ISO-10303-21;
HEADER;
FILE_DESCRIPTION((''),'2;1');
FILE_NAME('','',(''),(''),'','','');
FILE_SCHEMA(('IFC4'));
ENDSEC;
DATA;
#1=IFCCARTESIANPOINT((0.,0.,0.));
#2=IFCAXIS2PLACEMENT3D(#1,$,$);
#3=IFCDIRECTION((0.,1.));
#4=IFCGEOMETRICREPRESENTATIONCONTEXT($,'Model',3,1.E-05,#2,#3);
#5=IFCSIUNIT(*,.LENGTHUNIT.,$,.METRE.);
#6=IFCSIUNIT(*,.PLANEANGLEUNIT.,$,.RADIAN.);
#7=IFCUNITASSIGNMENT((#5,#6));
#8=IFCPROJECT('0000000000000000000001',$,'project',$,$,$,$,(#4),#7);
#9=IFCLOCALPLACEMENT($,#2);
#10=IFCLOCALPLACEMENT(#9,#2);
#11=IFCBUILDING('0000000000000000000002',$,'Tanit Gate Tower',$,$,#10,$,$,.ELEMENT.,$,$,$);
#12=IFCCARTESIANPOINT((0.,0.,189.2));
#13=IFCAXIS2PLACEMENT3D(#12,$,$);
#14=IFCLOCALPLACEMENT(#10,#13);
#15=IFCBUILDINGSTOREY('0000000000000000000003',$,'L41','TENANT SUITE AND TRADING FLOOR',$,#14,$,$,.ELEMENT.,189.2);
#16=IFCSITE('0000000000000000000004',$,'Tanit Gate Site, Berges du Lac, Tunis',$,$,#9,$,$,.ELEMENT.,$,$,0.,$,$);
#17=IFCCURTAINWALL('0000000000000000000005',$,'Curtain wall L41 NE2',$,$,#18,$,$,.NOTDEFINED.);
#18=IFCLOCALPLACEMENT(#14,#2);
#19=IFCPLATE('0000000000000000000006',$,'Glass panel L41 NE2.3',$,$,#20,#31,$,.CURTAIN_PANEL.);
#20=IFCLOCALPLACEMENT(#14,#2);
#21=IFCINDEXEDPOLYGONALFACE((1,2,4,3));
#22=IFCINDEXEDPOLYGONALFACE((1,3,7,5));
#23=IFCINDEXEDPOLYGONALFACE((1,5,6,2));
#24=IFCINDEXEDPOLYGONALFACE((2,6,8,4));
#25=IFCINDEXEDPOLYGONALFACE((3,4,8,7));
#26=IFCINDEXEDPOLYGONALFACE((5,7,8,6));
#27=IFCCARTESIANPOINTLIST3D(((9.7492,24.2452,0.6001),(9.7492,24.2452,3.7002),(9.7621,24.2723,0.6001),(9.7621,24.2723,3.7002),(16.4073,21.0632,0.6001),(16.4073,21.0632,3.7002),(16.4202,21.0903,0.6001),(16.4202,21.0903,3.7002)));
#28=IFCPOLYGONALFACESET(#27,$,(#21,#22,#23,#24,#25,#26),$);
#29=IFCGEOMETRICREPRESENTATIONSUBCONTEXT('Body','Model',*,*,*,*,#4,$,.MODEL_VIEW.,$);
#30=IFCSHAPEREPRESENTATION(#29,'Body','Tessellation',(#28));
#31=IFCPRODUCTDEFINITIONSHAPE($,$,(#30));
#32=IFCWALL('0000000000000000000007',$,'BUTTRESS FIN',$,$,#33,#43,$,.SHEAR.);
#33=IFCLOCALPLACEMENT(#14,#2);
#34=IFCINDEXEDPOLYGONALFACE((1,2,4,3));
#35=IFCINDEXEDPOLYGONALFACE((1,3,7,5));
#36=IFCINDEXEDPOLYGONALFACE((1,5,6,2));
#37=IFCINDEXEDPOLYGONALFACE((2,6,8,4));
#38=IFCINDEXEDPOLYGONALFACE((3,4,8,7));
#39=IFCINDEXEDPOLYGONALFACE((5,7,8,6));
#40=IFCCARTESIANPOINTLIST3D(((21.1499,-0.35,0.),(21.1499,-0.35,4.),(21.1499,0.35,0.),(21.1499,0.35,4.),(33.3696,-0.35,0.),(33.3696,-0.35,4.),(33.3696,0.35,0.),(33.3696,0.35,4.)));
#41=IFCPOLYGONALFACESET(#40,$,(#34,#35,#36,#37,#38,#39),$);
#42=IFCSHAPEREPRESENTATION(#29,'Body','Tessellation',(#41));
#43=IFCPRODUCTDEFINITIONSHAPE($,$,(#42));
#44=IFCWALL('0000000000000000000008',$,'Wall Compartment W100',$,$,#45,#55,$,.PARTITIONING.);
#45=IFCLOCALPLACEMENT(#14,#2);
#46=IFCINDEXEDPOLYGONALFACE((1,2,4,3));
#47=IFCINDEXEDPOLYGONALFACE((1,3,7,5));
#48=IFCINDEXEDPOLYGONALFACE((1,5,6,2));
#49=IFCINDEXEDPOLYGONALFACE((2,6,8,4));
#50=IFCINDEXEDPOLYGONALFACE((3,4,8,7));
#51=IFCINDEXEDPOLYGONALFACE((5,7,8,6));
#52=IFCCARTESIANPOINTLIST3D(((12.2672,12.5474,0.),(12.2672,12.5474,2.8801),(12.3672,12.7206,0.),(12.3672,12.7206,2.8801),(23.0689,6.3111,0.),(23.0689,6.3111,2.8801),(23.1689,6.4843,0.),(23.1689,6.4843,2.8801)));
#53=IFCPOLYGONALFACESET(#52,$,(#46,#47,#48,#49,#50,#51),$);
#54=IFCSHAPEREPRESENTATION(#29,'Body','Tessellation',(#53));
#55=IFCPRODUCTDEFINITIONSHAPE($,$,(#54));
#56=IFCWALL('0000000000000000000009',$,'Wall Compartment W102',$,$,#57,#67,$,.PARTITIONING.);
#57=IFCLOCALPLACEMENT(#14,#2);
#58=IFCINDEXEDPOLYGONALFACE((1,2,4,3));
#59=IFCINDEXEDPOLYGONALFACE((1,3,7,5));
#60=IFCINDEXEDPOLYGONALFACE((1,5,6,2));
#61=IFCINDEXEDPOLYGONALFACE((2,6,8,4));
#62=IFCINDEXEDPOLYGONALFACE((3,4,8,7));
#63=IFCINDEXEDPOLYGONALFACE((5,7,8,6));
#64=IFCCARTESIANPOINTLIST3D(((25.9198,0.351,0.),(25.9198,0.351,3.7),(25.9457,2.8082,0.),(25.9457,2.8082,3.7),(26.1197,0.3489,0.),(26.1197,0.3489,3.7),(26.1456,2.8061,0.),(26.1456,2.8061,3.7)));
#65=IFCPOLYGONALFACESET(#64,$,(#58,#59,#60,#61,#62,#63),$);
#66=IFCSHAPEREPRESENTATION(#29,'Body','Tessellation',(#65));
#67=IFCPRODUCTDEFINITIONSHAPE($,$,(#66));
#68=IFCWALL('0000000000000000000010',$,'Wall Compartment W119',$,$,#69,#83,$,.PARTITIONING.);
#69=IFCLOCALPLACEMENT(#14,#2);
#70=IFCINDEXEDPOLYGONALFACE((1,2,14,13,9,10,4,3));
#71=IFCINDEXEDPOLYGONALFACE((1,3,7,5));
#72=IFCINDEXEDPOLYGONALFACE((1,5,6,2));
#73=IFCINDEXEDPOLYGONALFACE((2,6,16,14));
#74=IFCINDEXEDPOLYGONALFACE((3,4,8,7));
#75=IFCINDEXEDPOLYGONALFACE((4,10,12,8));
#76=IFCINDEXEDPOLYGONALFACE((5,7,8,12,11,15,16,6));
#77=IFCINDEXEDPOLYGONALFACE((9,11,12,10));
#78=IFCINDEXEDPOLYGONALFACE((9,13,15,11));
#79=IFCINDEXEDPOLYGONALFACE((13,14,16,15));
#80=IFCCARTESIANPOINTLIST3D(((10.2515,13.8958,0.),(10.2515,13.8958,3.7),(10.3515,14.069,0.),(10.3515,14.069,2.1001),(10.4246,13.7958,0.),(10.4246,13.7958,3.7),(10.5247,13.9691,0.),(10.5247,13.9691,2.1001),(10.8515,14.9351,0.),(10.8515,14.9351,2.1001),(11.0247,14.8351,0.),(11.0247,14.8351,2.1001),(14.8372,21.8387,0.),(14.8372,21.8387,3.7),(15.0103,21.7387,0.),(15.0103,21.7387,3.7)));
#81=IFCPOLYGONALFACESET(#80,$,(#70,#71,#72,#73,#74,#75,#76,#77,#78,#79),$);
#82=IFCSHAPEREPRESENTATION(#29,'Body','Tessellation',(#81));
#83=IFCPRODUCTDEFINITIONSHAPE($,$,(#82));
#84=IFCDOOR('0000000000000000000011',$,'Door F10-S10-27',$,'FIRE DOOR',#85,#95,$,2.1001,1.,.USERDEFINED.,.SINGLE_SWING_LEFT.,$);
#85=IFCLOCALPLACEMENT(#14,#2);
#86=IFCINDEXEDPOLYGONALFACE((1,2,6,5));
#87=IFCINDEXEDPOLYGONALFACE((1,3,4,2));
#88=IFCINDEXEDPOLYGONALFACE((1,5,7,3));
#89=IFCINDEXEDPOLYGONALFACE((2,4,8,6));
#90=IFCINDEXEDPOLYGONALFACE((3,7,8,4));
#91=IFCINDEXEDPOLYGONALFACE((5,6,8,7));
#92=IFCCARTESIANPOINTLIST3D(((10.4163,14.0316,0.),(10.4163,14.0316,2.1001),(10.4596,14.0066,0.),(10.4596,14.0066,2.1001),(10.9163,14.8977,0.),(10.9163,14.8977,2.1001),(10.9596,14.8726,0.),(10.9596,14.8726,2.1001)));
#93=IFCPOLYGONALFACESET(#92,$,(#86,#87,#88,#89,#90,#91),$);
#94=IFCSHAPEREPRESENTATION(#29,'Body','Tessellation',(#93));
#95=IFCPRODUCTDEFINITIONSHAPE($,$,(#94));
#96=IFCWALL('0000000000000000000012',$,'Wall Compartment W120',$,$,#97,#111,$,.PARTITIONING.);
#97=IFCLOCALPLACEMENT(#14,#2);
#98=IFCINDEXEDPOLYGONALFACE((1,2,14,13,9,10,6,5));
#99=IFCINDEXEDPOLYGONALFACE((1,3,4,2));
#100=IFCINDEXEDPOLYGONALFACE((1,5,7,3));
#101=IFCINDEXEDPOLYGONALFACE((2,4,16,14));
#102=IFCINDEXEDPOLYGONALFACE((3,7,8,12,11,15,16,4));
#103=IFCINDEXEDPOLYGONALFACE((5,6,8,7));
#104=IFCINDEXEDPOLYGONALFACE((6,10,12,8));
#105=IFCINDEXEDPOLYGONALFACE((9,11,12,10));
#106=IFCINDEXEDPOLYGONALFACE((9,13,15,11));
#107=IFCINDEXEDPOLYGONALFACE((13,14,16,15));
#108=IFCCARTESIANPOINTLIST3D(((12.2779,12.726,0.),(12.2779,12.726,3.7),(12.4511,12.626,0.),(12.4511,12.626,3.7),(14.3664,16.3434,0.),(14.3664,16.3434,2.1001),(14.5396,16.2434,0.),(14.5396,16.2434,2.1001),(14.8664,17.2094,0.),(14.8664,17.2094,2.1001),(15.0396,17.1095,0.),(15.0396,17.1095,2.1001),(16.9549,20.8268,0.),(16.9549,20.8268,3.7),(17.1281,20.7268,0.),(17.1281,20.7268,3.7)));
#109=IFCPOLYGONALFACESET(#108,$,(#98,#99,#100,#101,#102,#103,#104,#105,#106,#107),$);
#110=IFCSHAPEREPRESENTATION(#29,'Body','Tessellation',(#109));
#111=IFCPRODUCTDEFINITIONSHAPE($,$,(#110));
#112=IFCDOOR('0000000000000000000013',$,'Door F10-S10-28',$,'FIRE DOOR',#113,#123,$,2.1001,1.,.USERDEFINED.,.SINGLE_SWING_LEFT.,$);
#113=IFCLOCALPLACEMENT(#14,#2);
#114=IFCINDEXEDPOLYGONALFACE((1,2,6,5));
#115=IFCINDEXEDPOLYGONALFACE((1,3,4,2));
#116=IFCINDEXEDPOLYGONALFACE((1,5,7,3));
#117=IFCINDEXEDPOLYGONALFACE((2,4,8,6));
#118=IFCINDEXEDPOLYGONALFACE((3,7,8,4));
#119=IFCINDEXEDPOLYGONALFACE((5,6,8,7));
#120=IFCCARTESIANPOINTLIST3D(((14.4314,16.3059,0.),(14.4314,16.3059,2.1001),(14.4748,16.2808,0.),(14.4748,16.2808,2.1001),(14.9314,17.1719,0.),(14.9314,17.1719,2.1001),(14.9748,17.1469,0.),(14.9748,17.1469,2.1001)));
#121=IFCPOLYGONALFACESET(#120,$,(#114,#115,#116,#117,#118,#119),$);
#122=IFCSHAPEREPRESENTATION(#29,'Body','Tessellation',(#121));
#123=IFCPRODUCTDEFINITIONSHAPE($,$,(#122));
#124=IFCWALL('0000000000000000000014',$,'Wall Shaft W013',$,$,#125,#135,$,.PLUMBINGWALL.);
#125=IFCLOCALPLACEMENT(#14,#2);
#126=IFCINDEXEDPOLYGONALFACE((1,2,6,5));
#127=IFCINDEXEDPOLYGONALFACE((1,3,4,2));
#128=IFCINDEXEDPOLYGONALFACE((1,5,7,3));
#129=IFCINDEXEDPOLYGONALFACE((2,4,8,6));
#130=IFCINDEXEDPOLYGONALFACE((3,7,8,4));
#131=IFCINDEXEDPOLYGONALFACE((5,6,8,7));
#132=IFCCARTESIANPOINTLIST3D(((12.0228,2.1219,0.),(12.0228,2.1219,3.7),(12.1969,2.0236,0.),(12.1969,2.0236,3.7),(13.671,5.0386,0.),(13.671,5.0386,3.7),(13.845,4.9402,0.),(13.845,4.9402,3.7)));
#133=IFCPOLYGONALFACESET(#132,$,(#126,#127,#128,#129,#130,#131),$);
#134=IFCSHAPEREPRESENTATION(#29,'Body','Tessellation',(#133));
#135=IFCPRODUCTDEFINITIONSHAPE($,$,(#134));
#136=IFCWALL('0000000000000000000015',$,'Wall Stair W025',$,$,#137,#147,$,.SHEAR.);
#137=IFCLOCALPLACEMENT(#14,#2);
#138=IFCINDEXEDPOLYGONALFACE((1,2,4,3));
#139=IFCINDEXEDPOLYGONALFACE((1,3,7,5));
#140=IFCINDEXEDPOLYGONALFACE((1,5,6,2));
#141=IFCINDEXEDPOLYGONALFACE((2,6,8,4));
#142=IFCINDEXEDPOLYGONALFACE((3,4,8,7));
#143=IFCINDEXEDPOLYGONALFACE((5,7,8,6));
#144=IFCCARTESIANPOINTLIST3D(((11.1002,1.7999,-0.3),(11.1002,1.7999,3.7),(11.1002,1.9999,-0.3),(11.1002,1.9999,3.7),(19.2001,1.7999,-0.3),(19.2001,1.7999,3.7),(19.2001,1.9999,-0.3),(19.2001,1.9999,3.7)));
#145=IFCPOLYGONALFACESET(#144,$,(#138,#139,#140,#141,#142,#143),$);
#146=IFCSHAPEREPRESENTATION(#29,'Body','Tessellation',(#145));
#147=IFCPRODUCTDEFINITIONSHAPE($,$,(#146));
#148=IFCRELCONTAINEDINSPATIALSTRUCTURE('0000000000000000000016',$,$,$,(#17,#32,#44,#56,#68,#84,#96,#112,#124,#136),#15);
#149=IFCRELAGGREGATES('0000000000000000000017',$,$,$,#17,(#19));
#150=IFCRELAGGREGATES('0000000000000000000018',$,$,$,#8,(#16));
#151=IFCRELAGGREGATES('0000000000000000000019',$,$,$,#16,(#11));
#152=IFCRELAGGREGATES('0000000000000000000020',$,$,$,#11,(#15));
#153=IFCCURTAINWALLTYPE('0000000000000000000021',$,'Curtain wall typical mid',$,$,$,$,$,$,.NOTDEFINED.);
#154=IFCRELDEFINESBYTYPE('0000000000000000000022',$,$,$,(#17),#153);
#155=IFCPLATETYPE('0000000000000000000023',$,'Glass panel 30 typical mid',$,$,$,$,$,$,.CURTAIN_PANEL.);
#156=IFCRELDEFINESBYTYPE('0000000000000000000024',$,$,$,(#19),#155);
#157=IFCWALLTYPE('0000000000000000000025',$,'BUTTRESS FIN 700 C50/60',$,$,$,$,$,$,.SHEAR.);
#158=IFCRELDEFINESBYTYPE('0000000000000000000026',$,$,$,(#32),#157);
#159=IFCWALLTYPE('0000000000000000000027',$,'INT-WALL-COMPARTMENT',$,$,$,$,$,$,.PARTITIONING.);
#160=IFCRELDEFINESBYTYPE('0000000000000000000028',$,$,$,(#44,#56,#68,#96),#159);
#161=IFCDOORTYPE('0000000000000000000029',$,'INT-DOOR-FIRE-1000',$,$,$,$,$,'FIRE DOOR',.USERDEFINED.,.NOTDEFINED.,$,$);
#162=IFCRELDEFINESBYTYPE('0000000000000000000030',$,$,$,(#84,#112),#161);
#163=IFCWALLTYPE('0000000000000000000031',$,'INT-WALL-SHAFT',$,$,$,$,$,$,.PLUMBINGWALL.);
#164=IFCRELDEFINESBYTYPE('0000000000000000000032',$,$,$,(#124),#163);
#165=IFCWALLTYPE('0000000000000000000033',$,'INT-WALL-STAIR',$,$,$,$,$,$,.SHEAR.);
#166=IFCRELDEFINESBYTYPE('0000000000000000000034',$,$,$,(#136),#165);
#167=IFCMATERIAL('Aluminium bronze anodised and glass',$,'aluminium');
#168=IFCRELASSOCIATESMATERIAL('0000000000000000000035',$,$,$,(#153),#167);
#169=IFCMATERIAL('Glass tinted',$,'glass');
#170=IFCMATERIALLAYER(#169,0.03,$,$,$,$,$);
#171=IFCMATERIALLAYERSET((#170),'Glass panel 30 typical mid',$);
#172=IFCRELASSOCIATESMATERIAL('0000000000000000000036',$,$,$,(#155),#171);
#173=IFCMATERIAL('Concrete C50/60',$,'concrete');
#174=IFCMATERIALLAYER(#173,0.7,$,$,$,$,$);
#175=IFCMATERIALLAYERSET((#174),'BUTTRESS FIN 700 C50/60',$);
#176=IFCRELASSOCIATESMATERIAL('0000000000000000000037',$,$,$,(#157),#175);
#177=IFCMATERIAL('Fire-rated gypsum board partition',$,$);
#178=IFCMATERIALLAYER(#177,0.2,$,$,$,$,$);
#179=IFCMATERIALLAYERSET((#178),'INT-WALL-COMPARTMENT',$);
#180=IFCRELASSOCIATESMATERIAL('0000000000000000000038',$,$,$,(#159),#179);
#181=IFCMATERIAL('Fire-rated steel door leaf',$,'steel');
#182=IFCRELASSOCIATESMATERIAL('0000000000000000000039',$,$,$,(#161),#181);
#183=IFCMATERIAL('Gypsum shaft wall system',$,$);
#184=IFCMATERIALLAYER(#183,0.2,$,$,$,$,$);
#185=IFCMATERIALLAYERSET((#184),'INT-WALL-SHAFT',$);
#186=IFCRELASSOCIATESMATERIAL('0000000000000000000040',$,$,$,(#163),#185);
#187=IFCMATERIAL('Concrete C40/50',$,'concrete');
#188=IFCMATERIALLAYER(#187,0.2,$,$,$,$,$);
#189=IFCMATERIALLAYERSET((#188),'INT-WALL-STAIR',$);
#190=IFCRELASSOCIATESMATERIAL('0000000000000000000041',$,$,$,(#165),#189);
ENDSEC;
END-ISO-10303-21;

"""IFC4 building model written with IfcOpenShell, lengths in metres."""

from ifc_helpers import new_model, si_unit, direction, frame, frame_2d, origin, origin_2d, place, context, subcontext, project, spatial, rectangle, extrude, material, layer, layer_set, type_object, element, fill, aggregate, save


model = new_model("IFC4")

# Units and contexts
model_context = context("Model", 3, precision=1e-05, world=origin(), true_north=direction((0.0, 1.0)))
body_context = subcontext(model_context, "Body", "Model", "MODEL_VIEW")
ifc_project = project(units=[si_unit("LENGTHUNIT", "METRE"), si_unit("PLANEANGLEUNIT", "RADIAN")], contexts=[model_context])

# Site, building, storey
site_placement = place(None, origin())
site = spatial("IfcSite", under=ifc_project, at=site_placement, Name="Tanit Gate Site, Berges du Lac, Tunis", CompositionType="ELEMENT", RefElevation=0.0)
building_placement = place(site_placement, origin())
building = spatial("IfcBuilding", under=site, at=building_placement, Name="Tanit Gate Tower", CompositionType="ELEMENT")
storey_placement = place(building_placement, frame((0.0, 0.0, 189.2)))
storey = spatial("IfcBuildingStorey", under=building, at=storey_placement, Name="L41", Description="TENANT SUITE AND TRADING FLOOR", CompositionType="ELEMENT", Elevation=189.2)

# Curtain wall
ifc_material_1 = material(Name="Aluminium bronze anodised and glass", Category="aluminium")
curtain_wall_type = type_object("IfcCurtainWallType", Name="Curtain wall typical mid", PredefinedType="NOTDEFINED", material=ifc_material_1)
curtain_wall_placement = place(storey_placement, origin())
curtain_wall = element("IfcCurtainWall", 1, at=curtain_wall_placement, inside=storey, type_object=curtain_wall_type, Name="Curtain wall L41 NE2", PredefinedType="NOTDEFINED")

# Plate
ifc_material_2 = material(Name="Glass tinted", Category="glass")
ifc_layer_1 = layer(ifc_material_2, 0.03)
ifc_layer_set_1 = layer_set([ifc_layer_1], Name="Glass panel 30 typical mid")
plate_type = type_object("IfcPlateType", Name="Glass panel 30 typical mid", PredefinedType="CURTAIN_PANEL", material=ifc_layer_set_1)
plate_1_placement = place(storey_placement, frame((13.0847, 22.6677, 0.6001), z_axis=(0.0, 0.0, 1.0), x_axis=(-0.902258, 0.431197, 0.0)))
plate_1 = element("IfcPlate", 2, at=plate_1_placement, type_object=plate_type, Name="Glass panel L41 NE2.3", PredefinedType="CURTAIN_PANEL", context=body_context, shape_type="SweptSolid", body=[
    extrude(rectangle(XDim=7.3794, YDim=0.03, at=origin_2d()), origin(), (0.0, 0.0, 1.0), 3.1001),
])
aggregate(curtain_wall, [plate_1])

# Wall
ifc_material_3 = material(Name="Concrete C50/60", Category="concrete")
ifc_layer_2 = layer(ifc_material_3, 0.7)
ifc_layer_set_2 = layer_set([ifc_layer_2], Name="BUTTRESS FIN 700 C50/60")
wall_type_1 = type_object("IfcWallType", Name="BUTTRESS FIN 700 C50/60", PredefinedType="SHEAR", material=ifc_layer_set_2)
wall_1_placement = place(storey_placement, frame((21.1499, 0.0, 0.0), z_axis=(0.0, 0.0, 1.0), x_axis=(1.0, 0.0, 0.0)))
element("IfcWall", 3, at=wall_1_placement, inside=storey, type_object=wall_type_1, Name="BUTTRESS FIN", PredefinedType="SHEAR", context=body_context, shape_type="SweptSolid", body=[
    extrude(rectangle(XDim=12.2197, YDim=0.7, at=frame_2d((6.1099, 0.0))), origin(), (0.0, 0.0, 1.0), 4.0),
])

# Walls
ifc_material_4 = material(Name="Fire-rated gypsum board partition")
ifc_layer_3 = layer(ifc_material_4, 0.2)
ifc_layer_set_3 = layer_set([ifc_layer_3], Name="INT-WALL-COMPARTMENT")
wall_type_2 = type_object("IfcWallType", Name="INT-WALL-COMPARTMENT", PredefinedType="PARTITIONING", material=ifc_layer_set_3)
wall_2_placement = place(storey_placement, frame((23.1189, 6.3977, 0.0), z_axis=(0.0, 0.0, 1.0), x_axis=(-0.866028, 0.499996, 0.0)))
element("IfcWall", 4, at=wall_2_placement, inside=storey, type_object=wall_type_2, Name="Wall Compartment W100", PredefinedType="PARTITIONING", context=body_context, shape_type="SweptSolid", body=[
    extrude(rectangle(XDim=12.4727, YDim=0.2, at=frame_2d((6.2363, 0.0))), origin(), (0.0, 0.0, 1.0), 2.8801),
])
wall_3_placement = place(storey_placement, frame((26.0198, 0.3501, 0.0), z_axis=(0.0, 0.0, 1.0), x_axis=(0.010532, 0.999945, 0.0)))
element("IfcWall", 5, at=wall_3_placement, inside=storey, type_object=wall_type_2, Name="Wall Compartment W102", PredefinedType="PARTITIONING", context=body_context, shape_type="SweptSolid", body=[
    extrude(rectangle(XDim=2.4573, YDim=0.2, at=frame_2d((1.2285, 0.0))), origin(), (0.0, 0.0, 1.0), 3.7),
])

# Walls, openings, doors
wall_4_placement = place(storey_placement, frame((14.9238, 21.7888, 0.0), z_axis=(0.0, 0.0, 1.0), x_axis=(-0.49999, -0.866031, 0.0)))
wall_4 = element("IfcWall", 6, at=wall_4_placement, inside=storey, type_object=wall_type_2, Name="Wall Compartment W119", PredefinedType="PARTITIONING", context=body_context, shape_type="SweptSolid", body=[
    extrude(rectangle(XDim=9.1716, YDim=0.2, at=frame_2d((4.5859, 0.0))), origin(), (0.0, 0.0, 1.0), 3.7),
])
opening_1_placement = place(wall_4_placement, frame((7.9717, 0.0, 0.0)))
opening_1 = element("IfcOpeningElement", 7, at=opening_1_placement, cuts=wall_4, PredefinedType="OPENING", context=body_context, shape_type="SweptSolid", body=[
    extrude(rectangle(XDim=1.0, YDim=2.1001, at=frame_2d((0.5, 1.05))), frame((0.0, 0.1099, 0.0), z_axis=(0.0, -1.0, 0.0), x_axis=(1.0, 0.0, 0.0)), (0.0, 0.0, 1.0), 0.22),
])
ifc_material_5 = material(Name="Fire-rated steel door leaf", Category="steel")
door_type_1 = type_object("IfcDoorType", Name="INT-DOOR-FIRE-1000", ElementType="FIRE DOOR", OperationType="NOTDEFINED", PredefinedType="USERDEFINED", material=ifc_material_5)
door_1_placement = place(opening_1_placement, origin())
door_1 = element("IfcDoor", 8, at=door_1_placement, inside=storey, type_object=door_type_1, Name="Door F10-S10-27", ObjectType="FIRE DOOR", OperationType="SINGLE_SWING_LEFT", OverallHeight=2.1001, OverallWidth=1.0, PredefinedType="USERDEFINED", context=body_context, shape_type="SweptSolid", body=[
    extrude(rectangle(XDim=1.0, YDim=2.1001, at=frame_2d((0.5, 1.05))), frame((0.0, 0.0249, 0.0), z_axis=(0.0, -1.0, 0.0), x_axis=(1.0, 0.0, 0.0)), (0.0, 0.0, 1.0), 0.05),
])
fill(opening_1, door_1)
wall_5_placement = place(storey_placement, frame((12.3645, 12.676, 0.0), z_axis=(0.0, 0.0, 1.0), x_axis=(0.499999, 0.866026, 0.0)))
wall_5 = element("IfcWall", 9, at=wall_5_placement, inside=storey, type_object=wall_type_2, Name="Wall Compartment W120", PredefinedType="PARTITIONING", context=body_context, shape_type="SweptSolid", body=[
    extrude(rectangle(XDim=9.354, YDim=0.2, at=frame_2d((4.677, 0.0))), origin(), (0.0, 0.0, 1.0), 3.7),
])
opening_2_placement = place(wall_5_placement, frame((4.177, 0.0, 0.0)))
opening_2 = element("IfcOpeningElement", 10, at=opening_2_placement, cuts=wall_5, PredefinedType="OPENING", context=body_context, shape_type="SweptSolid", body=[
    extrude(rectangle(XDim=1.0, YDim=2.1001, at=frame_2d((0.5, 1.05))), frame((0.0, 0.1099, 0.0), z_axis=(0.0, -1.0, 0.0), x_axis=(1.0, 0.0, 0.0)), (0.0, 0.0, 1.0), 0.22),
])
door_2_placement = place(opening_2_placement, origin())
door_2 = element("IfcDoor", 11, at=door_2_placement, inside=storey, type_object=door_type_1, Name="Door F10-S10-28", ObjectType="FIRE DOOR", OperationType="SINGLE_SWING_LEFT", OverallHeight=2.1001, OverallWidth=1.0, PredefinedType="USERDEFINED", context=body_context, shape_type="SweptSolid", body=[
    extrude(rectangle(XDim=1.0, YDim=2.1001, at=frame_2d((0.5, 1.05))), frame((0.0, 0.0249, 0.0), z_axis=(0.0, -1.0, 0.0), x_axis=(1.0, 0.0, 0.0)), (0.0, 0.0, 1.0), 0.05),
])
fill(opening_2, door_2)

# Walls
ifc_material_6 = material(Name="Gypsum shaft wall system")
ifc_layer_4 = layer(ifc_material_6, 0.2)
ifc_layer_set_4 = layer_set([ifc_layer_4], Name="INT-WALL-SHAFT")
wall_type_3 = type_object("IfcWallType", Name="INT-WALL-SHAFT", PredefinedType="PLUMBINGWALL", material=ifc_layer_set_4)
wall_6_placement = place(storey_placement, frame((12.1099, 2.0728, 0.0), z_axis=(0.0, 0.0, 1.0), x_axis=(0.491966, 0.870614, 0.0)))
element("IfcWall", 12, at=wall_6_placement, inside=storey, type_object=wall_type_3, Name="Wall Shaft W013", PredefinedType="PLUMBINGWALL", context=body_context, shape_type="SweptSolid", body=[
    extrude(rectangle(XDim=3.3501, YDim=0.2, at=frame_2d((1.675, 0.0))), origin(), (0.0, 0.0, 1.0), 3.7),
])
ifc_material_7 = material(Name="Concrete C40/50", Category="concrete")
ifc_layer_5 = layer(ifc_material_7, 0.2)
ifc_layer_set_5 = layer_set([ifc_layer_5], Name="INT-WALL-STAIR")
wall_type_4 = type_object("IfcWallType", Name="INT-WALL-STAIR", PredefinedType="SHEAR", material=ifc_layer_set_5)
wall_7_placement = place(storey_placement, frame((19.2, 1.8999, -0.3), z_axis=(0.0, 0.0, 1.0), x_axis=(-1.0, 0.0, 0.0)))
element("IfcWall", 13, at=wall_7_placement, inside=storey, type_object=wall_type_4, Name="Wall Stair W025", PredefinedType="SHEAR", context=body_context, shape_type="SweptSolid", body=[
    extrude(rectangle(XDim=8.0999, YDim=0.2, at=frame_2d((4.0498, 0.0))), origin(), (0.0, 0.0, 1.0), 4.0),
])

save(model, "model.ifc")
